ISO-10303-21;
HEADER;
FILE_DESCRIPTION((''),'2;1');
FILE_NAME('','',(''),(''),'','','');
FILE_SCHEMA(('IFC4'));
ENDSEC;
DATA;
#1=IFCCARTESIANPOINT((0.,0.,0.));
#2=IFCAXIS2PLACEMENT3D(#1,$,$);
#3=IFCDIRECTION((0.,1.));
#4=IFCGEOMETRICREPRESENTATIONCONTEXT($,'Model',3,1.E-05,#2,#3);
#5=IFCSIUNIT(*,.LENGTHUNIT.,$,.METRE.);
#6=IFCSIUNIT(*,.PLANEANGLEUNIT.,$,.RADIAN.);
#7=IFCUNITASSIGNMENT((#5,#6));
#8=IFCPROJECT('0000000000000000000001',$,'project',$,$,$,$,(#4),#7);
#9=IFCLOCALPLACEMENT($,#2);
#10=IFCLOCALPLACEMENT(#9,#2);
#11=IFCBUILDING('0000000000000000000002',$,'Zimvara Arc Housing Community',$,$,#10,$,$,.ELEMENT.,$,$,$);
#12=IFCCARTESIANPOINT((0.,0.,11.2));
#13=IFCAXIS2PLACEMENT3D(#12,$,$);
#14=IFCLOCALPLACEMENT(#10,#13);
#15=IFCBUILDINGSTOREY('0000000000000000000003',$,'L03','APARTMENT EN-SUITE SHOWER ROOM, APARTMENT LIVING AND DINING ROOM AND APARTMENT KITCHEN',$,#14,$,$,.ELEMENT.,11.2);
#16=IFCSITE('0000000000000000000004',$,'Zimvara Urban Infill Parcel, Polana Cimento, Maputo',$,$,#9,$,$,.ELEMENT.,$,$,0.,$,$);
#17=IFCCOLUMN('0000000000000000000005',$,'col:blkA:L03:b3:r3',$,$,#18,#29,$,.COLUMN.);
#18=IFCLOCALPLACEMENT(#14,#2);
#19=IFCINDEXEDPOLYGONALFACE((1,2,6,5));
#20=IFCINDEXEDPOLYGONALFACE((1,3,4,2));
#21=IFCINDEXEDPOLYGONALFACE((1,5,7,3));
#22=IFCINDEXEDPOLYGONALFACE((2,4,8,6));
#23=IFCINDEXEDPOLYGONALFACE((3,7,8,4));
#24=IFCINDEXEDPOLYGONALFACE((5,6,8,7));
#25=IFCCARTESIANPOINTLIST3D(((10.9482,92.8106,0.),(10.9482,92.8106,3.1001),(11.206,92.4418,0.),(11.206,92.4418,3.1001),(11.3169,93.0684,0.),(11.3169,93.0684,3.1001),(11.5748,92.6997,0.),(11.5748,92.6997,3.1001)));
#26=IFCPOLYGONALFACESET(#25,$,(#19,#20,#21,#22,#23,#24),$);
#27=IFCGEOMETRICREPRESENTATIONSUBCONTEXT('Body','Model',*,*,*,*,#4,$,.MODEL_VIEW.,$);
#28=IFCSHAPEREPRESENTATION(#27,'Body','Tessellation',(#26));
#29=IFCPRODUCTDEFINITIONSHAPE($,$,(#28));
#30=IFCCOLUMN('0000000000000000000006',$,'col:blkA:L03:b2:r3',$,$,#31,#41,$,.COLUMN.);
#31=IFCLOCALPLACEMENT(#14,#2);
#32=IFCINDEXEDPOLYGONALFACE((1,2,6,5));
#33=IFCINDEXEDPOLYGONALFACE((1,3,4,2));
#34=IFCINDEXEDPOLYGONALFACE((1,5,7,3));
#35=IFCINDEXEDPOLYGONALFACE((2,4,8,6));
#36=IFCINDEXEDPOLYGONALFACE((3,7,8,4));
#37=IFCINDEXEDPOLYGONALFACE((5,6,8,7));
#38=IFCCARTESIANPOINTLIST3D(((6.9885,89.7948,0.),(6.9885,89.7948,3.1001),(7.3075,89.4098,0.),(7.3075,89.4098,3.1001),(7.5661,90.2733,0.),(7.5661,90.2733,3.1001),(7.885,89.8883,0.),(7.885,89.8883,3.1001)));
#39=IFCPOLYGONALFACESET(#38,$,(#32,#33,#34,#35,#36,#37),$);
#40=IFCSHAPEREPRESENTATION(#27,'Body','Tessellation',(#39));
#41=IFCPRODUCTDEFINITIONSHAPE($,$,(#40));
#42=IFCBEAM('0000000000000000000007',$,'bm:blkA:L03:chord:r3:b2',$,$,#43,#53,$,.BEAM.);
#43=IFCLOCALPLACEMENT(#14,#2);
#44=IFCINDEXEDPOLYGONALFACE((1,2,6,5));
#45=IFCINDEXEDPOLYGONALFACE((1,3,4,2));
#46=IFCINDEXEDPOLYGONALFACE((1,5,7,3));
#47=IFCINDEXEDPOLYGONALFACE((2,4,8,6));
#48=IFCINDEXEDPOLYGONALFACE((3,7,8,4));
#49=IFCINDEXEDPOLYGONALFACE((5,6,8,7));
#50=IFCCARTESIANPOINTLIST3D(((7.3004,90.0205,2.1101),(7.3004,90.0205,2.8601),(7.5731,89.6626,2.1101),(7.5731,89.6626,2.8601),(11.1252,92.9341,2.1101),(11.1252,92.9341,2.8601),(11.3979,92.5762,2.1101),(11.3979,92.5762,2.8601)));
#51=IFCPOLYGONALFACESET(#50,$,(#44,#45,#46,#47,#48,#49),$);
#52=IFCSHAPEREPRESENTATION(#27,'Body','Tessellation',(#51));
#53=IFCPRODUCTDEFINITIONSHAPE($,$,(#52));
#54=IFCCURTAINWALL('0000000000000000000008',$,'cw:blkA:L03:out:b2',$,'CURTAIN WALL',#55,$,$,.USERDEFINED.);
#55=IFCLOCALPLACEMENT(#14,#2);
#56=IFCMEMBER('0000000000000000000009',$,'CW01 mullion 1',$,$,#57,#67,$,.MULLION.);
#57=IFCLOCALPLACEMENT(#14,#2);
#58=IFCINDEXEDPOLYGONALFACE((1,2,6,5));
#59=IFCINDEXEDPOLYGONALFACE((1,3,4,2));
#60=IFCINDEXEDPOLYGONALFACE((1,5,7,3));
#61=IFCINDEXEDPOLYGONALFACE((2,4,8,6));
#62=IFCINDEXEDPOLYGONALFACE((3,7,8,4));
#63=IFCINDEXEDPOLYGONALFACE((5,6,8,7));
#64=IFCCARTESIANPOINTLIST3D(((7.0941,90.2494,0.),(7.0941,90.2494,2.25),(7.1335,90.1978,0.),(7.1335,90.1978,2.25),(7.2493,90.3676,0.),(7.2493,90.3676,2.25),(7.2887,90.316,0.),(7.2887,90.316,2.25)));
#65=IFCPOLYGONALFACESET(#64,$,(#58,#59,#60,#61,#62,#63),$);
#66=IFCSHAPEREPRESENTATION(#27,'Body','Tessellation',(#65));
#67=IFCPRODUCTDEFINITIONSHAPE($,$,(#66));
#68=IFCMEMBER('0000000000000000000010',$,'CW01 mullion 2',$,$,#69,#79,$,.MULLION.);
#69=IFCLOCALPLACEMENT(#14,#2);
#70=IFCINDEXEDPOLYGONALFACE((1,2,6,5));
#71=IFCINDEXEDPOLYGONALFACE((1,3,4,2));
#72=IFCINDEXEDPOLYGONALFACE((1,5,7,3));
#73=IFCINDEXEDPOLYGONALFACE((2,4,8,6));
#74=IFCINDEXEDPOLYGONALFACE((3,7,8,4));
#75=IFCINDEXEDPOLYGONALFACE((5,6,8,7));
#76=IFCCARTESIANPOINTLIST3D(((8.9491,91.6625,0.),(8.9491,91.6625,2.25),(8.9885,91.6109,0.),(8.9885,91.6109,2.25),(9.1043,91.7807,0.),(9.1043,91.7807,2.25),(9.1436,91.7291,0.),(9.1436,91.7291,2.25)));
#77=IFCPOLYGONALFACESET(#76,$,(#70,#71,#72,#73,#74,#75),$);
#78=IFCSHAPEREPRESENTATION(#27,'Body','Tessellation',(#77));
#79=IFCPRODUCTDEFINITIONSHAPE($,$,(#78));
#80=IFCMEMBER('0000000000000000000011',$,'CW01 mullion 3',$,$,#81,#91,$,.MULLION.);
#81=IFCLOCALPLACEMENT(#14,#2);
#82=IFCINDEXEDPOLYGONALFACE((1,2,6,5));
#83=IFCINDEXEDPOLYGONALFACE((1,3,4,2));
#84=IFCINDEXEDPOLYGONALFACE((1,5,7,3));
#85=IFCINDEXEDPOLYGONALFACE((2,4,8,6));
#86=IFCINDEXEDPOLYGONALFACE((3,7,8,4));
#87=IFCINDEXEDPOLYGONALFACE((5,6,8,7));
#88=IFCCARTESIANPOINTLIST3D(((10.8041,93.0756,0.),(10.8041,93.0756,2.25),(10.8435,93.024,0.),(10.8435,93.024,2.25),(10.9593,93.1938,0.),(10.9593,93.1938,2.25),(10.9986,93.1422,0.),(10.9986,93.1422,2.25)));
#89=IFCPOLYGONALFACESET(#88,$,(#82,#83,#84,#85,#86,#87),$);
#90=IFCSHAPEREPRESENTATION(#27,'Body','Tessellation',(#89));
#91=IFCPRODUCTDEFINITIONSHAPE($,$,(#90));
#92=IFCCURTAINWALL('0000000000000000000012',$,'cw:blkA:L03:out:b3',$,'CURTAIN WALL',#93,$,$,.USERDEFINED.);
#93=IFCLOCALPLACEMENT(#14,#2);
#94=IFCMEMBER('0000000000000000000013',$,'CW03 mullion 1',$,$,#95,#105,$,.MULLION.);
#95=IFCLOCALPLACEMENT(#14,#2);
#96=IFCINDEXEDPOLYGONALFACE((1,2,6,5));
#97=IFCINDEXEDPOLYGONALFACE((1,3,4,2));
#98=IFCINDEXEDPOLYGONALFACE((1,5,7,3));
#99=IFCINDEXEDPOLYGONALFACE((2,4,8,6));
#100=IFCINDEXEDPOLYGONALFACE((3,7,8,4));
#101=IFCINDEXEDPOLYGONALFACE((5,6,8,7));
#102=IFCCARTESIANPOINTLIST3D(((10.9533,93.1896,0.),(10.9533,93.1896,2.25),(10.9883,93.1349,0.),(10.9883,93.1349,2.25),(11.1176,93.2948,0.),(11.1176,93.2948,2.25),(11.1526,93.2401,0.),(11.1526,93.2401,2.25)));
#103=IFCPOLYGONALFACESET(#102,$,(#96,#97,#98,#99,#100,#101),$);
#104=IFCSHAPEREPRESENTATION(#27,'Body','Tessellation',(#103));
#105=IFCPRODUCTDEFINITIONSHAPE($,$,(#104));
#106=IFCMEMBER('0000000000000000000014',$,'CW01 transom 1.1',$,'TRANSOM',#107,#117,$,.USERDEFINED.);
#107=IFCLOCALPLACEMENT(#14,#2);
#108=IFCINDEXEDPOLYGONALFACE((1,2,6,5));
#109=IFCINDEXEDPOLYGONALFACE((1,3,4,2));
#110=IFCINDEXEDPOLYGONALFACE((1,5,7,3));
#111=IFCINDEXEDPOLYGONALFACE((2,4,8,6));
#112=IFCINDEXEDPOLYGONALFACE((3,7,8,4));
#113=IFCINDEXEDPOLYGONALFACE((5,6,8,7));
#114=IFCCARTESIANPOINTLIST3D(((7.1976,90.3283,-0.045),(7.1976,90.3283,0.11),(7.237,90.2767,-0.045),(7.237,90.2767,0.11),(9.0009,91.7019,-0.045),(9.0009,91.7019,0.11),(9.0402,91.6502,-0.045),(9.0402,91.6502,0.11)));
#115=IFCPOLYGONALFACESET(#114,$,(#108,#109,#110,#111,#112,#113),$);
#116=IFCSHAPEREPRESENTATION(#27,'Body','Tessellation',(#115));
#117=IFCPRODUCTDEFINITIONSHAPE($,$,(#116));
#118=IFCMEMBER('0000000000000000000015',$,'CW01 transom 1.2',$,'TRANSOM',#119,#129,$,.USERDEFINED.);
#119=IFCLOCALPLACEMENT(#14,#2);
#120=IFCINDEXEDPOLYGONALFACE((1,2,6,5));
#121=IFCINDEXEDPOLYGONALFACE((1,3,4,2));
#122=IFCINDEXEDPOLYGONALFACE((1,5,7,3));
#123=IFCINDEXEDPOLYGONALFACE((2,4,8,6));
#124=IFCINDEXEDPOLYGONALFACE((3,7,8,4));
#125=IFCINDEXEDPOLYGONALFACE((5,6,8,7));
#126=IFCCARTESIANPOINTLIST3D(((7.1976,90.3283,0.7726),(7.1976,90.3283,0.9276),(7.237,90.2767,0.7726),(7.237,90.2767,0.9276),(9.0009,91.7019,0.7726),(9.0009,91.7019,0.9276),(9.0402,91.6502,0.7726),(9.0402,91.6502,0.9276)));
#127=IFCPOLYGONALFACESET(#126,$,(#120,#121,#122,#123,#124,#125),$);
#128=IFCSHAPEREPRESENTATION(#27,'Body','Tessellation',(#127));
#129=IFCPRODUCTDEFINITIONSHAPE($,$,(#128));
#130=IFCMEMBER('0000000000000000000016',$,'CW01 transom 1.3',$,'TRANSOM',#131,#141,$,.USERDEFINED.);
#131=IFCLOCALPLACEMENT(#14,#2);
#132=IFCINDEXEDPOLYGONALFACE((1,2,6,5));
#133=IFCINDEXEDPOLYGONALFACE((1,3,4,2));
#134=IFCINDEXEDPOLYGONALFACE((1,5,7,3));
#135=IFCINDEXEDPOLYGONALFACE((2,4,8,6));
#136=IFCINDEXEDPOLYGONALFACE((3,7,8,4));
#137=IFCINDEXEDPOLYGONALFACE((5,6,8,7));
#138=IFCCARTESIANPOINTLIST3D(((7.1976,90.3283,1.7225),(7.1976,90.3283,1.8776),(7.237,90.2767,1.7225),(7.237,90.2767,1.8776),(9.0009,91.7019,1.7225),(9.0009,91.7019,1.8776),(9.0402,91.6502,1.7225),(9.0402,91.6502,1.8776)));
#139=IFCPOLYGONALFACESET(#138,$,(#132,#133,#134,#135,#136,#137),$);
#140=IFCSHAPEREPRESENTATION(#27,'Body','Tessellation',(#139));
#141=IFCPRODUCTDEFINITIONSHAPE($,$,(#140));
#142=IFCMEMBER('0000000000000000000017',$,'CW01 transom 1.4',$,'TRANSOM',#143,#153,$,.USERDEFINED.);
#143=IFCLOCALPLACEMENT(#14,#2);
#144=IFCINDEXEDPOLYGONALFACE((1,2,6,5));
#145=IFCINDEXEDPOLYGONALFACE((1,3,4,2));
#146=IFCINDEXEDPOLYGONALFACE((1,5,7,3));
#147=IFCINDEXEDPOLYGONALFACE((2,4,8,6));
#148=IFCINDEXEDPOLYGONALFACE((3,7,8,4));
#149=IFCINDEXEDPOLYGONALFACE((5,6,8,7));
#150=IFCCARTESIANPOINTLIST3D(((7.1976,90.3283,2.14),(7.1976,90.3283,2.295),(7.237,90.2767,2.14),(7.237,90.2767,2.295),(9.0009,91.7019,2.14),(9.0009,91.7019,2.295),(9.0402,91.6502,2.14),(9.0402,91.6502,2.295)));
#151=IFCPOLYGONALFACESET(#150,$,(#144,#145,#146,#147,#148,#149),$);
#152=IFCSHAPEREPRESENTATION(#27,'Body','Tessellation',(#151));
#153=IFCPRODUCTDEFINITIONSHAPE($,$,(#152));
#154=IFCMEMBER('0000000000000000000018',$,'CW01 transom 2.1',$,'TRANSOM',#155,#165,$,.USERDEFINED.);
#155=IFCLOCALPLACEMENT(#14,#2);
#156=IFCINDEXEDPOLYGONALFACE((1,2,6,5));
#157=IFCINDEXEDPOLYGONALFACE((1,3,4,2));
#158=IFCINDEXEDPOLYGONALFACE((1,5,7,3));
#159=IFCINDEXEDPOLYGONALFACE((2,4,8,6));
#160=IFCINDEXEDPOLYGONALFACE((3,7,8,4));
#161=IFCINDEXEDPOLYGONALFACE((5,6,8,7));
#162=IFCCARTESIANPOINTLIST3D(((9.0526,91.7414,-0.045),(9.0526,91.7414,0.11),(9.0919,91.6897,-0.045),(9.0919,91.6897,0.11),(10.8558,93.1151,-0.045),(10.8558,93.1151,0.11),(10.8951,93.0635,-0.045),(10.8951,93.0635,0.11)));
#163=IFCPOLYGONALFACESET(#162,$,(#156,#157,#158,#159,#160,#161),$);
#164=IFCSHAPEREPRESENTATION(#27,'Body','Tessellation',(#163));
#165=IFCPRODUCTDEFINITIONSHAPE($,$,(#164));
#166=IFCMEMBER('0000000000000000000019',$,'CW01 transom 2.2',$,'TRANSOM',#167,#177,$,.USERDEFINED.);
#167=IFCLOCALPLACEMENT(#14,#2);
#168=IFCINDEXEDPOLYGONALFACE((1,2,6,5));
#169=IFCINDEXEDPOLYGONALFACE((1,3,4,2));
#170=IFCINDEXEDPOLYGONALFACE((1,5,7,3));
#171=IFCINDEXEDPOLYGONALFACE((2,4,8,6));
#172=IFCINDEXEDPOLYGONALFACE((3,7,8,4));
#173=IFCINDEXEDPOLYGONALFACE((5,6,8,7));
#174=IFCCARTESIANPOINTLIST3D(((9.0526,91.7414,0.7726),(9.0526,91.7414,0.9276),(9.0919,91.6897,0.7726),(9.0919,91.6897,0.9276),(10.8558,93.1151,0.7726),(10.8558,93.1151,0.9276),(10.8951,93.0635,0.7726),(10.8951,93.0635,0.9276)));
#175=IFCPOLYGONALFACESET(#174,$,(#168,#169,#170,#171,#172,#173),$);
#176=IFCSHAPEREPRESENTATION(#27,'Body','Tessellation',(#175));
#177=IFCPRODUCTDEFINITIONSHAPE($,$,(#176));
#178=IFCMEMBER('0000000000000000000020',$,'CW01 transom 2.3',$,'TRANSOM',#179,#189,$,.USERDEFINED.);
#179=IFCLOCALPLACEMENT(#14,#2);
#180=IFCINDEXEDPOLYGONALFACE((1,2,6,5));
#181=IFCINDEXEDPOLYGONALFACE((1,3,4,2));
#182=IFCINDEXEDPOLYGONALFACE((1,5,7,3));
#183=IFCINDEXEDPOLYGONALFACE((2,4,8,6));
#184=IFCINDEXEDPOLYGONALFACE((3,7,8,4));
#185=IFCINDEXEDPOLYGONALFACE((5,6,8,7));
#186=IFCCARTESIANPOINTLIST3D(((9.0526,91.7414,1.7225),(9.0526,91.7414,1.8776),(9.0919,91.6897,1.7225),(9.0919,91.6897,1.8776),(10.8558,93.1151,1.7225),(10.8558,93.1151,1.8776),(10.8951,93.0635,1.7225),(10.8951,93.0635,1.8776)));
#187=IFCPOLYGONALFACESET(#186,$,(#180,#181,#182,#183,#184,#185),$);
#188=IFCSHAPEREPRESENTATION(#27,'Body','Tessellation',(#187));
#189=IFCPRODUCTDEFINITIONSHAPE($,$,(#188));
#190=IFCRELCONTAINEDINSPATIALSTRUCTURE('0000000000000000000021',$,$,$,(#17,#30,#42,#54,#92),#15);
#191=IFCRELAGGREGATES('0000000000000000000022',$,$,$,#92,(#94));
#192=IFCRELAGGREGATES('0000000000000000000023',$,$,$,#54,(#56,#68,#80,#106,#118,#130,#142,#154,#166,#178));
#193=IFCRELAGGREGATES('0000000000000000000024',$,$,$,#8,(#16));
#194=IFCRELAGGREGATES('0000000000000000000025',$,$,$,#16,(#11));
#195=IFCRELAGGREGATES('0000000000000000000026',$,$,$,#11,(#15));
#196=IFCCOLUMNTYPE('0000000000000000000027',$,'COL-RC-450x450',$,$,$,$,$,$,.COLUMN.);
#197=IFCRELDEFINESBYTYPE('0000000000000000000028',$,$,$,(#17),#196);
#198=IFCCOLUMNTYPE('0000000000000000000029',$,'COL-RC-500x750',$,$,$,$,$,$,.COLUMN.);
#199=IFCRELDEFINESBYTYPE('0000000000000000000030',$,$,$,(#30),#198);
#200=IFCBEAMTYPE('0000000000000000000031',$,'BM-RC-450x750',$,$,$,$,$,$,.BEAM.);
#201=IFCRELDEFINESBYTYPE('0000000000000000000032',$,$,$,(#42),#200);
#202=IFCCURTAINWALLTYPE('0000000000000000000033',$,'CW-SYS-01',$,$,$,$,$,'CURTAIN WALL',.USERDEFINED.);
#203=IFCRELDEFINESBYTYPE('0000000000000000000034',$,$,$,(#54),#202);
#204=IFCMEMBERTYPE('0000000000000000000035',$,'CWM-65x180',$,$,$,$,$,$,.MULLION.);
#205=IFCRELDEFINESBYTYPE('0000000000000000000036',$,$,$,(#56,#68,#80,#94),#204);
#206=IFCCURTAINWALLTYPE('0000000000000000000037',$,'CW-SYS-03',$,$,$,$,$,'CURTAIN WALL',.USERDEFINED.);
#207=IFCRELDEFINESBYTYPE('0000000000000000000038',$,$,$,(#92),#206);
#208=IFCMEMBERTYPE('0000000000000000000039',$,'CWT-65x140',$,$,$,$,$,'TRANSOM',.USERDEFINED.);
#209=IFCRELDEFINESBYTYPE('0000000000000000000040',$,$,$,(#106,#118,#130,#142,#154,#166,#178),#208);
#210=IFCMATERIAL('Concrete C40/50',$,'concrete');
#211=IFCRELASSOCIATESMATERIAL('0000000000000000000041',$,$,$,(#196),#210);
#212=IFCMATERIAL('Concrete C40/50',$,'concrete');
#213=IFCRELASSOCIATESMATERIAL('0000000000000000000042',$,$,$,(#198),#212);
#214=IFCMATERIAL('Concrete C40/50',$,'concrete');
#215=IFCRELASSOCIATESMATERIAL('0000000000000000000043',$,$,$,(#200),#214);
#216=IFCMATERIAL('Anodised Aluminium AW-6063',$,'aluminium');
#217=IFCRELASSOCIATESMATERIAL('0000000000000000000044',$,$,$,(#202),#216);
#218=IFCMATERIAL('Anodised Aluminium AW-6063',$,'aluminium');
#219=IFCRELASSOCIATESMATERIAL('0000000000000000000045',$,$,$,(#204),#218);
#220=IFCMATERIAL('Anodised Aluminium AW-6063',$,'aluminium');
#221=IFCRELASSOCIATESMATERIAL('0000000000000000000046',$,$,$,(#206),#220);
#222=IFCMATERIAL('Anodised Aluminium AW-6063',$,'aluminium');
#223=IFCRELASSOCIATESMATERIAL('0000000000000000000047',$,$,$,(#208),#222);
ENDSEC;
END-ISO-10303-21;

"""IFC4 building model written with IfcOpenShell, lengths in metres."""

from ifc_helpers import new_model, si_unit, direction, frame, origin, origin_2d, place, context, subcontext, project, spatial, rectangle, extrude, material, material_profile, profile_set, type_object, element, aggregate, save


model = new_model("IFC4")

# Units and contexts
model_context = context("Model", 3, precision=1e-05, world=origin(), true_north=direction((0.0, 1.0)))
body_context = subcontext(model_context, "Body", "Model", "MODEL_VIEW")
ifc_project = project(units=[si_unit("LENGTHUNIT", "METRE"), si_unit("PLANEANGLEUNIT", "RADIAN")], contexts=[model_context])

# Site, building, storey
site_placement = place(None, origin())
site = spatial("IfcSite", under=ifc_project, at=site_placement, Name="Zimvara Urban Infill Parcel, Polana Cimento, Maputo", CompositionType="ELEMENT", RefElevation=0.0)
building_placement = place(site_placement, origin())
building = spatial("IfcBuilding", under=site, at=building_placement, Name="Zimvara Arc Housing Community", CompositionType="ELEMENT")
storey_placement = place(building_placement, frame((0.0, 0.0, 11.2)))
storey = spatial("IfcBuildingStorey", under=building, at=storey_placement, Name="L03", Description="APARTMENT EN-SUITE SHOWER ROOM, APARTMENT LIVING AND DINING ROOM AND APARTMENT KITCHEN", CompositionType="ELEMENT", Elevation=11.2)

# Columns
ifc_material_1 = material(Name="Concrete C40/50", Category="concrete")
ifc_material_profile_1 = material_profile(ifc_material_1, rectangle(XDim=0.45, YDim=0.45, at=origin_2d()), Name="RC 450x450")
ifc_profile_set_1 = profile_set([ifc_material_profile_1], Name="Concrete C40/50")
column_type_1 = type_object("IfcColumnType", Name="COL-RC-450x450", PredefinedType="COLUMN", material=ifc_profile_set_1)
column_1_placement = place(storey_placement, frame((11.2615, 92.7551, 0.0), z_axis=(0.0, 0.0, 1.0), x_axis=(-0.573004, 0.819552, 0.0)))
element("IfcColumn", 1, at=column_1_placement, inside=storey, type_object=column_type_1, Name="col:blkA:L03:b3:r3", PredefinedType="COLUMN", context=body_context, shape_type="SweptSolid", body=[
    extrude(rectangle(XDim=0.45, YDim=0.45, at=origin_2d()), origin(), (0.0, 0.0, 1.0), 3.1001),
])
ifc_material_2 = material(Name="Concrete C40/50", Category="concrete")
ifc_material_profile_2 = material_profile(ifc_material_2, rectangle(XDim=0.5, YDim=0.75, at=origin_2d()), Name="RC 500x750")
ifc_profile_set_2 = profile_set([ifc_material_profile_2], Name="Concrete C40/50")
column_type_2 = type_object("IfcColumnType", Name="COL-RC-500x750", PredefinedType="COLUMN", material=ifc_profile_set_2)
column_2_placement = place(storey_placement, frame((7.4368, 89.8416, 0.0), z_axis=(0.0, 0.0, 1.0), x_axis=(-0.637962, 0.770068, 0.0)))
element("IfcColumn", 2, at=column_2_placement, inside=storey, type_object=column_type_2, Name="col:blkA:L03:b2:r3", PredefinedType="COLUMN", context=body_context, shape_type="SweptSolid", body=[
    extrude(rectangle(XDim=0.5, YDim=0.75, at=origin_2d()), origin(), (0.0, 0.0, 1.0), 3.1001),
])

# Beam
ifc_material_3 = material(Name="Concrete C40/50", Category="concrete")
ifc_material_profile_3 = material_profile(ifc_material_3, rectangle(XDim=0.45, YDim=0.75, at=origin_2d()), Name="RC 450x750")
ifc_profile_set_3 = profile_set([ifc_material_profile_3], Name="Concrete C40/50")
beam_type = type_object("IfcBeamType", Name="BM-RC-450x750", PredefinedType="BEAM", material=ifc_profile_set_3)
beam_placement = place(storey_placement, frame((7.4368, 89.8416, 2.4851), z_axis=(0.795481, 0.605979, 0.0), x_axis=(-0.605979, 0.795481, 0.0)))
element("IfcBeam", 3, at=beam_placement, inside=storey, type_object=beam_type, Name="bm:blkA:L03:chord:r3:b2", PredefinedType="BEAM", context=body_context, shape_type="SweptSolid", body=[
    extrude(rectangle(XDim=0.45, YDim=0.75, at=origin_2d()), origin(), (0.0, 0.0, 1.0), 4.8081),
])

# Curtain wall, members
ifc_material_4 = material(Name="Anodised Aluminium AW-6063", Category="aluminium")
curtain_wall_type_1 = type_object("IfcCurtainWallType", Name="CW-SYS-01", ElementType="CURTAIN WALL", PredefinedType="USERDEFINED", material=ifc_material_4)
curtain_wall_1_placement = place(storey_placement, origin())
curtain_wall_1 = element("IfcCurtainWall", 4, at=curtain_wall_1_placement, inside=storey, type_object=curtain_wall_type_1, Name="cw:blkA:L03:out:b2", ObjectType="CURTAIN WALL", PredefinedType="USERDEFINED")
ifc_material_5 = material(Name="Anodised Aluminium AW-6063", Category="aluminium")
ifc_material_profile_4 = material_profile(ifc_material_5, rectangle(XDim=0.0649, YDim=0.1951, at=origin_2d()), Name="ALU 65x195")
ifc_profile_set_4 = profile_set([ifc_material_profile_4], Name="Anodised Aluminium AW-6063")
member_type_1 = type_object("IfcMemberType", Name="CWM-65x180", PredefinedType="MULLION", material=ifc_profile_set_4)
member_1_placement = place(storey_placement, frame((7.1914, 90.2827, 0.0), z_axis=(0.0, 0.0, 1.0), x_axis=(-0.605988, 0.795474, 0.0)))
member_1 = element("IfcMember", 5, at=member_1_placement, type_object=member_type_1, Name="CW01 mullion 1", PredefinedType="MULLION", context=body_context, shape_type="SweptSolid", body=[
    extrude(rectangle(XDim=0.0649, YDim=0.1951, at=origin_2d()), origin(), (0.0, 0.0, 1.0), 2.25),
])
member_2_placement = place(storey_placement, frame((9.0464, 91.6958, 0.0), z_axis=(0.0, 0.0, 1.0), x_axis=(-0.605988, 0.795474, 0.0)))
member_2 = element("IfcMember", 6, at=member_2_placement, type_object=member_type_1, Name="CW01 mullion 2", PredefinedType="MULLION", context=body_context, shape_type="SweptSolid", body=[
    extrude(rectangle(XDim=0.0649, YDim=0.1951, at=origin_2d()), origin(), (0.0, 0.0, 1.0), 2.25),
])
member_3_placement = place(storey_placement, frame((10.9014, 93.1089, 0.0), z_axis=(0.0, 0.0, 1.0), x_axis=(-0.605988, 0.795474, 0.0)))
member_3 = element("IfcMember", 7, at=member_3_placement, type_object=member_type_1, Name="CW01 mullion 3", PredefinedType="MULLION", context=body_context, shape_type="SweptSolid", body=[
    extrude(rectangle(XDim=0.0649, YDim=0.1951, at=origin_2d()), origin(), (0.0, 0.0, 1.0), 2.25),
])

# Curtain wall, member
ifc_material_6 = material(Name="Anodised Aluminium AW-6063", Category="aluminium")
curtain_wall_type_2 = type_object("IfcCurtainWallType", Name="CW-SYS-03", ElementType="CURTAIN WALL", PredefinedType="USERDEFINED", material=ifc_material_6)
curtain_wall_2_placement = place(storey_placement, origin())
curtain_wall_2 = element("IfcCurtainWall", 8, at=curtain_wall_2_placement, inside=storey, type_object=curtain_wall_type_2, Name="cw:blkA:L03:out:b3", ObjectType="CURTAIN WALL", PredefinedType="USERDEFINED")
member_4_placement = place(storey_placement, frame((11.053, 93.2148, 0.0), z_axis=(0.0, 0.0, 1.0), x_axis=(-0.539065, 0.842264, 0.0)))
member_4 = element("IfcMember", 9, at=member_4_placement, type_object=member_type_1, Name="CW03 mullion 1", PredefinedType="MULLION", context=body_context, shape_type="SweptSolid", body=[
    extrude(rectangle(XDim=0.0649, YDim=0.1951, at=origin_2d()), origin(), (0.0, 0.0, 1.0), 2.25),
])

# Members
ifc_material_7 = material(Name="Anodised Aluminium AW-6063", Category="aluminium")
ifc_material_profile_5 = material_profile(ifc_material_7, rectangle(XDim=0.0649, YDim=0.155, at=origin_2d()), Name="ALU 65x155")
ifc_profile_set_5 = profile_set([ifc_material_profile_5], Name="Anodised Aluminium AW-6063")
member_type_2 = type_object("IfcMemberType", Name="CWT-65x140", ElementType="TRANSOM", PredefinedType="USERDEFINED", material=ifc_profile_set_5)
member_5_placement = place(storey_placement, frame((7.2173, 90.3025, 0.0325), z_axis=(0.795506, 0.605946, 0.0), x_axis=(-0.605946, 0.795506, 0.0)))
member_5 = element("IfcMember", 10, at=member_5_placement, type_object=member_type_2, Name="CW01 transom 1.1", ObjectType="TRANSOM", PredefinedType="USERDEFINED", context=body_context, shape_type="SweptSolid", body=[
    extrude(rectangle(XDim=0.0649, YDim=0.155, at=origin_2d()), origin(), (0.0, 0.0, 1.0), 2.2668),
])
member_6_placement = place(storey_placement, frame((7.2173, 90.3025, 0.8501), z_axis=(0.795506, 0.605946, 0.0), x_axis=(-0.605946, 0.795506, 0.0)))
member_6 = element("IfcMember", 11, at=member_6_placement, type_object=member_type_2, Name="CW01 transom 1.2", ObjectType="TRANSOM", PredefinedType="USERDEFINED", context=body_context, shape_type="SweptSolid", body=[
    extrude(rectangle(XDim=0.0649, YDim=0.155, at=origin_2d()), origin(), (0.0, 0.0, 1.0), 2.2668),
])
member_7_placement = place(storey_placement, frame((7.2173, 90.3025, 1.8), z_axis=(0.795506, 0.605946, 0.0), x_axis=(-0.605946, 0.795506, 0.0)))
member_7 = element("IfcMember", 12, at=member_7_placement, type_object=member_type_2, Name="CW01 transom 1.3", ObjectType="TRANSOM", PredefinedType="USERDEFINED", context=body_context, shape_type="SweptSolid", body=[
    extrude(rectangle(XDim=0.0649, YDim=0.155, at=origin_2d()), origin(), (0.0, 0.0, 1.0), 2.2668),
])
member_8_placement = place(storey_placement, frame((7.2173, 90.3025, 2.2175), z_axis=(0.795506, 0.605946, 0.0), x_axis=(-0.605946, 0.795506, 0.0)))
member_8 = element("IfcMember", 13, at=member_8_placement, type_object=member_type_2, Name="CW01 transom 1.4", ObjectType="TRANSOM", PredefinedType="USERDEFINED", context=body_context, shape_type="SweptSolid", body=[
    extrude(rectangle(XDim=0.0649, YDim=0.155, at=origin_2d()), origin(), (0.0, 0.0, 1.0), 2.2668),
])
member_9_placement = place(storey_placement, frame((9.0723, 91.7156, 0.0325), z_axis=(0.795454, 0.606014, 0.0), x_axis=(-0.606014, 0.795454, 0.0)))
member_9 = element("IfcMember", 14, at=member_9_placement, type_object=member_type_2, Name="CW01 transom 2.1", ObjectType="TRANSOM", PredefinedType="USERDEFINED", context=body_context, shape_type="SweptSolid", body=[
    extrude(rectangle(XDim=0.0649, YDim=0.155, at=origin_2d()), origin(), (0.0, 0.0, 1.0), 2.2668),
])
member_10_placement = place(storey_placement, frame((9.0723, 91.7156, 0.8501), z_axis=(0.795454, 0.606014, 0.0), x_axis=(-0.606014, 0.795454, 0.0)))
member_10 = element("IfcMember", 15, at=member_10_placement, type_object=member_type_2, Name="CW01 transom 2.2", ObjectType="TRANSOM", PredefinedType="USERDEFINED", context=body_context, shape_type="SweptSolid", body=[
    extrude(rectangle(XDim=0.0649, YDim=0.155, at=origin_2d()), origin(), (0.0, 0.0, 1.0), 2.2668),
])
member_11_placement = place(storey_placement, frame((9.0723, 91.7156, 1.8), z_axis=(0.795454, 0.606014, 0.0), x_axis=(-0.606014, 0.795454, 0.0)))
member_11 = element("IfcMember", 16, at=member_11_placement, type_object=member_type_2, Name="CW01 transom 2.3", ObjectType="TRANSOM", PredefinedType="USERDEFINED", context=body_context, shape_type="SweptSolid", body=[
    extrude(rectangle(XDim=0.0649, YDim=0.155, at=origin_2d()), origin(), (0.0, 0.0, 1.0), 2.2668),
])
aggregate(curtain_wall_2, [member_4])

aggregate(curtain_wall_1, [member_1, member_2, member_3, member_5, member_6, member_7, member_8, member_9, member_10, member_11])

save(model, "model.ifc")
